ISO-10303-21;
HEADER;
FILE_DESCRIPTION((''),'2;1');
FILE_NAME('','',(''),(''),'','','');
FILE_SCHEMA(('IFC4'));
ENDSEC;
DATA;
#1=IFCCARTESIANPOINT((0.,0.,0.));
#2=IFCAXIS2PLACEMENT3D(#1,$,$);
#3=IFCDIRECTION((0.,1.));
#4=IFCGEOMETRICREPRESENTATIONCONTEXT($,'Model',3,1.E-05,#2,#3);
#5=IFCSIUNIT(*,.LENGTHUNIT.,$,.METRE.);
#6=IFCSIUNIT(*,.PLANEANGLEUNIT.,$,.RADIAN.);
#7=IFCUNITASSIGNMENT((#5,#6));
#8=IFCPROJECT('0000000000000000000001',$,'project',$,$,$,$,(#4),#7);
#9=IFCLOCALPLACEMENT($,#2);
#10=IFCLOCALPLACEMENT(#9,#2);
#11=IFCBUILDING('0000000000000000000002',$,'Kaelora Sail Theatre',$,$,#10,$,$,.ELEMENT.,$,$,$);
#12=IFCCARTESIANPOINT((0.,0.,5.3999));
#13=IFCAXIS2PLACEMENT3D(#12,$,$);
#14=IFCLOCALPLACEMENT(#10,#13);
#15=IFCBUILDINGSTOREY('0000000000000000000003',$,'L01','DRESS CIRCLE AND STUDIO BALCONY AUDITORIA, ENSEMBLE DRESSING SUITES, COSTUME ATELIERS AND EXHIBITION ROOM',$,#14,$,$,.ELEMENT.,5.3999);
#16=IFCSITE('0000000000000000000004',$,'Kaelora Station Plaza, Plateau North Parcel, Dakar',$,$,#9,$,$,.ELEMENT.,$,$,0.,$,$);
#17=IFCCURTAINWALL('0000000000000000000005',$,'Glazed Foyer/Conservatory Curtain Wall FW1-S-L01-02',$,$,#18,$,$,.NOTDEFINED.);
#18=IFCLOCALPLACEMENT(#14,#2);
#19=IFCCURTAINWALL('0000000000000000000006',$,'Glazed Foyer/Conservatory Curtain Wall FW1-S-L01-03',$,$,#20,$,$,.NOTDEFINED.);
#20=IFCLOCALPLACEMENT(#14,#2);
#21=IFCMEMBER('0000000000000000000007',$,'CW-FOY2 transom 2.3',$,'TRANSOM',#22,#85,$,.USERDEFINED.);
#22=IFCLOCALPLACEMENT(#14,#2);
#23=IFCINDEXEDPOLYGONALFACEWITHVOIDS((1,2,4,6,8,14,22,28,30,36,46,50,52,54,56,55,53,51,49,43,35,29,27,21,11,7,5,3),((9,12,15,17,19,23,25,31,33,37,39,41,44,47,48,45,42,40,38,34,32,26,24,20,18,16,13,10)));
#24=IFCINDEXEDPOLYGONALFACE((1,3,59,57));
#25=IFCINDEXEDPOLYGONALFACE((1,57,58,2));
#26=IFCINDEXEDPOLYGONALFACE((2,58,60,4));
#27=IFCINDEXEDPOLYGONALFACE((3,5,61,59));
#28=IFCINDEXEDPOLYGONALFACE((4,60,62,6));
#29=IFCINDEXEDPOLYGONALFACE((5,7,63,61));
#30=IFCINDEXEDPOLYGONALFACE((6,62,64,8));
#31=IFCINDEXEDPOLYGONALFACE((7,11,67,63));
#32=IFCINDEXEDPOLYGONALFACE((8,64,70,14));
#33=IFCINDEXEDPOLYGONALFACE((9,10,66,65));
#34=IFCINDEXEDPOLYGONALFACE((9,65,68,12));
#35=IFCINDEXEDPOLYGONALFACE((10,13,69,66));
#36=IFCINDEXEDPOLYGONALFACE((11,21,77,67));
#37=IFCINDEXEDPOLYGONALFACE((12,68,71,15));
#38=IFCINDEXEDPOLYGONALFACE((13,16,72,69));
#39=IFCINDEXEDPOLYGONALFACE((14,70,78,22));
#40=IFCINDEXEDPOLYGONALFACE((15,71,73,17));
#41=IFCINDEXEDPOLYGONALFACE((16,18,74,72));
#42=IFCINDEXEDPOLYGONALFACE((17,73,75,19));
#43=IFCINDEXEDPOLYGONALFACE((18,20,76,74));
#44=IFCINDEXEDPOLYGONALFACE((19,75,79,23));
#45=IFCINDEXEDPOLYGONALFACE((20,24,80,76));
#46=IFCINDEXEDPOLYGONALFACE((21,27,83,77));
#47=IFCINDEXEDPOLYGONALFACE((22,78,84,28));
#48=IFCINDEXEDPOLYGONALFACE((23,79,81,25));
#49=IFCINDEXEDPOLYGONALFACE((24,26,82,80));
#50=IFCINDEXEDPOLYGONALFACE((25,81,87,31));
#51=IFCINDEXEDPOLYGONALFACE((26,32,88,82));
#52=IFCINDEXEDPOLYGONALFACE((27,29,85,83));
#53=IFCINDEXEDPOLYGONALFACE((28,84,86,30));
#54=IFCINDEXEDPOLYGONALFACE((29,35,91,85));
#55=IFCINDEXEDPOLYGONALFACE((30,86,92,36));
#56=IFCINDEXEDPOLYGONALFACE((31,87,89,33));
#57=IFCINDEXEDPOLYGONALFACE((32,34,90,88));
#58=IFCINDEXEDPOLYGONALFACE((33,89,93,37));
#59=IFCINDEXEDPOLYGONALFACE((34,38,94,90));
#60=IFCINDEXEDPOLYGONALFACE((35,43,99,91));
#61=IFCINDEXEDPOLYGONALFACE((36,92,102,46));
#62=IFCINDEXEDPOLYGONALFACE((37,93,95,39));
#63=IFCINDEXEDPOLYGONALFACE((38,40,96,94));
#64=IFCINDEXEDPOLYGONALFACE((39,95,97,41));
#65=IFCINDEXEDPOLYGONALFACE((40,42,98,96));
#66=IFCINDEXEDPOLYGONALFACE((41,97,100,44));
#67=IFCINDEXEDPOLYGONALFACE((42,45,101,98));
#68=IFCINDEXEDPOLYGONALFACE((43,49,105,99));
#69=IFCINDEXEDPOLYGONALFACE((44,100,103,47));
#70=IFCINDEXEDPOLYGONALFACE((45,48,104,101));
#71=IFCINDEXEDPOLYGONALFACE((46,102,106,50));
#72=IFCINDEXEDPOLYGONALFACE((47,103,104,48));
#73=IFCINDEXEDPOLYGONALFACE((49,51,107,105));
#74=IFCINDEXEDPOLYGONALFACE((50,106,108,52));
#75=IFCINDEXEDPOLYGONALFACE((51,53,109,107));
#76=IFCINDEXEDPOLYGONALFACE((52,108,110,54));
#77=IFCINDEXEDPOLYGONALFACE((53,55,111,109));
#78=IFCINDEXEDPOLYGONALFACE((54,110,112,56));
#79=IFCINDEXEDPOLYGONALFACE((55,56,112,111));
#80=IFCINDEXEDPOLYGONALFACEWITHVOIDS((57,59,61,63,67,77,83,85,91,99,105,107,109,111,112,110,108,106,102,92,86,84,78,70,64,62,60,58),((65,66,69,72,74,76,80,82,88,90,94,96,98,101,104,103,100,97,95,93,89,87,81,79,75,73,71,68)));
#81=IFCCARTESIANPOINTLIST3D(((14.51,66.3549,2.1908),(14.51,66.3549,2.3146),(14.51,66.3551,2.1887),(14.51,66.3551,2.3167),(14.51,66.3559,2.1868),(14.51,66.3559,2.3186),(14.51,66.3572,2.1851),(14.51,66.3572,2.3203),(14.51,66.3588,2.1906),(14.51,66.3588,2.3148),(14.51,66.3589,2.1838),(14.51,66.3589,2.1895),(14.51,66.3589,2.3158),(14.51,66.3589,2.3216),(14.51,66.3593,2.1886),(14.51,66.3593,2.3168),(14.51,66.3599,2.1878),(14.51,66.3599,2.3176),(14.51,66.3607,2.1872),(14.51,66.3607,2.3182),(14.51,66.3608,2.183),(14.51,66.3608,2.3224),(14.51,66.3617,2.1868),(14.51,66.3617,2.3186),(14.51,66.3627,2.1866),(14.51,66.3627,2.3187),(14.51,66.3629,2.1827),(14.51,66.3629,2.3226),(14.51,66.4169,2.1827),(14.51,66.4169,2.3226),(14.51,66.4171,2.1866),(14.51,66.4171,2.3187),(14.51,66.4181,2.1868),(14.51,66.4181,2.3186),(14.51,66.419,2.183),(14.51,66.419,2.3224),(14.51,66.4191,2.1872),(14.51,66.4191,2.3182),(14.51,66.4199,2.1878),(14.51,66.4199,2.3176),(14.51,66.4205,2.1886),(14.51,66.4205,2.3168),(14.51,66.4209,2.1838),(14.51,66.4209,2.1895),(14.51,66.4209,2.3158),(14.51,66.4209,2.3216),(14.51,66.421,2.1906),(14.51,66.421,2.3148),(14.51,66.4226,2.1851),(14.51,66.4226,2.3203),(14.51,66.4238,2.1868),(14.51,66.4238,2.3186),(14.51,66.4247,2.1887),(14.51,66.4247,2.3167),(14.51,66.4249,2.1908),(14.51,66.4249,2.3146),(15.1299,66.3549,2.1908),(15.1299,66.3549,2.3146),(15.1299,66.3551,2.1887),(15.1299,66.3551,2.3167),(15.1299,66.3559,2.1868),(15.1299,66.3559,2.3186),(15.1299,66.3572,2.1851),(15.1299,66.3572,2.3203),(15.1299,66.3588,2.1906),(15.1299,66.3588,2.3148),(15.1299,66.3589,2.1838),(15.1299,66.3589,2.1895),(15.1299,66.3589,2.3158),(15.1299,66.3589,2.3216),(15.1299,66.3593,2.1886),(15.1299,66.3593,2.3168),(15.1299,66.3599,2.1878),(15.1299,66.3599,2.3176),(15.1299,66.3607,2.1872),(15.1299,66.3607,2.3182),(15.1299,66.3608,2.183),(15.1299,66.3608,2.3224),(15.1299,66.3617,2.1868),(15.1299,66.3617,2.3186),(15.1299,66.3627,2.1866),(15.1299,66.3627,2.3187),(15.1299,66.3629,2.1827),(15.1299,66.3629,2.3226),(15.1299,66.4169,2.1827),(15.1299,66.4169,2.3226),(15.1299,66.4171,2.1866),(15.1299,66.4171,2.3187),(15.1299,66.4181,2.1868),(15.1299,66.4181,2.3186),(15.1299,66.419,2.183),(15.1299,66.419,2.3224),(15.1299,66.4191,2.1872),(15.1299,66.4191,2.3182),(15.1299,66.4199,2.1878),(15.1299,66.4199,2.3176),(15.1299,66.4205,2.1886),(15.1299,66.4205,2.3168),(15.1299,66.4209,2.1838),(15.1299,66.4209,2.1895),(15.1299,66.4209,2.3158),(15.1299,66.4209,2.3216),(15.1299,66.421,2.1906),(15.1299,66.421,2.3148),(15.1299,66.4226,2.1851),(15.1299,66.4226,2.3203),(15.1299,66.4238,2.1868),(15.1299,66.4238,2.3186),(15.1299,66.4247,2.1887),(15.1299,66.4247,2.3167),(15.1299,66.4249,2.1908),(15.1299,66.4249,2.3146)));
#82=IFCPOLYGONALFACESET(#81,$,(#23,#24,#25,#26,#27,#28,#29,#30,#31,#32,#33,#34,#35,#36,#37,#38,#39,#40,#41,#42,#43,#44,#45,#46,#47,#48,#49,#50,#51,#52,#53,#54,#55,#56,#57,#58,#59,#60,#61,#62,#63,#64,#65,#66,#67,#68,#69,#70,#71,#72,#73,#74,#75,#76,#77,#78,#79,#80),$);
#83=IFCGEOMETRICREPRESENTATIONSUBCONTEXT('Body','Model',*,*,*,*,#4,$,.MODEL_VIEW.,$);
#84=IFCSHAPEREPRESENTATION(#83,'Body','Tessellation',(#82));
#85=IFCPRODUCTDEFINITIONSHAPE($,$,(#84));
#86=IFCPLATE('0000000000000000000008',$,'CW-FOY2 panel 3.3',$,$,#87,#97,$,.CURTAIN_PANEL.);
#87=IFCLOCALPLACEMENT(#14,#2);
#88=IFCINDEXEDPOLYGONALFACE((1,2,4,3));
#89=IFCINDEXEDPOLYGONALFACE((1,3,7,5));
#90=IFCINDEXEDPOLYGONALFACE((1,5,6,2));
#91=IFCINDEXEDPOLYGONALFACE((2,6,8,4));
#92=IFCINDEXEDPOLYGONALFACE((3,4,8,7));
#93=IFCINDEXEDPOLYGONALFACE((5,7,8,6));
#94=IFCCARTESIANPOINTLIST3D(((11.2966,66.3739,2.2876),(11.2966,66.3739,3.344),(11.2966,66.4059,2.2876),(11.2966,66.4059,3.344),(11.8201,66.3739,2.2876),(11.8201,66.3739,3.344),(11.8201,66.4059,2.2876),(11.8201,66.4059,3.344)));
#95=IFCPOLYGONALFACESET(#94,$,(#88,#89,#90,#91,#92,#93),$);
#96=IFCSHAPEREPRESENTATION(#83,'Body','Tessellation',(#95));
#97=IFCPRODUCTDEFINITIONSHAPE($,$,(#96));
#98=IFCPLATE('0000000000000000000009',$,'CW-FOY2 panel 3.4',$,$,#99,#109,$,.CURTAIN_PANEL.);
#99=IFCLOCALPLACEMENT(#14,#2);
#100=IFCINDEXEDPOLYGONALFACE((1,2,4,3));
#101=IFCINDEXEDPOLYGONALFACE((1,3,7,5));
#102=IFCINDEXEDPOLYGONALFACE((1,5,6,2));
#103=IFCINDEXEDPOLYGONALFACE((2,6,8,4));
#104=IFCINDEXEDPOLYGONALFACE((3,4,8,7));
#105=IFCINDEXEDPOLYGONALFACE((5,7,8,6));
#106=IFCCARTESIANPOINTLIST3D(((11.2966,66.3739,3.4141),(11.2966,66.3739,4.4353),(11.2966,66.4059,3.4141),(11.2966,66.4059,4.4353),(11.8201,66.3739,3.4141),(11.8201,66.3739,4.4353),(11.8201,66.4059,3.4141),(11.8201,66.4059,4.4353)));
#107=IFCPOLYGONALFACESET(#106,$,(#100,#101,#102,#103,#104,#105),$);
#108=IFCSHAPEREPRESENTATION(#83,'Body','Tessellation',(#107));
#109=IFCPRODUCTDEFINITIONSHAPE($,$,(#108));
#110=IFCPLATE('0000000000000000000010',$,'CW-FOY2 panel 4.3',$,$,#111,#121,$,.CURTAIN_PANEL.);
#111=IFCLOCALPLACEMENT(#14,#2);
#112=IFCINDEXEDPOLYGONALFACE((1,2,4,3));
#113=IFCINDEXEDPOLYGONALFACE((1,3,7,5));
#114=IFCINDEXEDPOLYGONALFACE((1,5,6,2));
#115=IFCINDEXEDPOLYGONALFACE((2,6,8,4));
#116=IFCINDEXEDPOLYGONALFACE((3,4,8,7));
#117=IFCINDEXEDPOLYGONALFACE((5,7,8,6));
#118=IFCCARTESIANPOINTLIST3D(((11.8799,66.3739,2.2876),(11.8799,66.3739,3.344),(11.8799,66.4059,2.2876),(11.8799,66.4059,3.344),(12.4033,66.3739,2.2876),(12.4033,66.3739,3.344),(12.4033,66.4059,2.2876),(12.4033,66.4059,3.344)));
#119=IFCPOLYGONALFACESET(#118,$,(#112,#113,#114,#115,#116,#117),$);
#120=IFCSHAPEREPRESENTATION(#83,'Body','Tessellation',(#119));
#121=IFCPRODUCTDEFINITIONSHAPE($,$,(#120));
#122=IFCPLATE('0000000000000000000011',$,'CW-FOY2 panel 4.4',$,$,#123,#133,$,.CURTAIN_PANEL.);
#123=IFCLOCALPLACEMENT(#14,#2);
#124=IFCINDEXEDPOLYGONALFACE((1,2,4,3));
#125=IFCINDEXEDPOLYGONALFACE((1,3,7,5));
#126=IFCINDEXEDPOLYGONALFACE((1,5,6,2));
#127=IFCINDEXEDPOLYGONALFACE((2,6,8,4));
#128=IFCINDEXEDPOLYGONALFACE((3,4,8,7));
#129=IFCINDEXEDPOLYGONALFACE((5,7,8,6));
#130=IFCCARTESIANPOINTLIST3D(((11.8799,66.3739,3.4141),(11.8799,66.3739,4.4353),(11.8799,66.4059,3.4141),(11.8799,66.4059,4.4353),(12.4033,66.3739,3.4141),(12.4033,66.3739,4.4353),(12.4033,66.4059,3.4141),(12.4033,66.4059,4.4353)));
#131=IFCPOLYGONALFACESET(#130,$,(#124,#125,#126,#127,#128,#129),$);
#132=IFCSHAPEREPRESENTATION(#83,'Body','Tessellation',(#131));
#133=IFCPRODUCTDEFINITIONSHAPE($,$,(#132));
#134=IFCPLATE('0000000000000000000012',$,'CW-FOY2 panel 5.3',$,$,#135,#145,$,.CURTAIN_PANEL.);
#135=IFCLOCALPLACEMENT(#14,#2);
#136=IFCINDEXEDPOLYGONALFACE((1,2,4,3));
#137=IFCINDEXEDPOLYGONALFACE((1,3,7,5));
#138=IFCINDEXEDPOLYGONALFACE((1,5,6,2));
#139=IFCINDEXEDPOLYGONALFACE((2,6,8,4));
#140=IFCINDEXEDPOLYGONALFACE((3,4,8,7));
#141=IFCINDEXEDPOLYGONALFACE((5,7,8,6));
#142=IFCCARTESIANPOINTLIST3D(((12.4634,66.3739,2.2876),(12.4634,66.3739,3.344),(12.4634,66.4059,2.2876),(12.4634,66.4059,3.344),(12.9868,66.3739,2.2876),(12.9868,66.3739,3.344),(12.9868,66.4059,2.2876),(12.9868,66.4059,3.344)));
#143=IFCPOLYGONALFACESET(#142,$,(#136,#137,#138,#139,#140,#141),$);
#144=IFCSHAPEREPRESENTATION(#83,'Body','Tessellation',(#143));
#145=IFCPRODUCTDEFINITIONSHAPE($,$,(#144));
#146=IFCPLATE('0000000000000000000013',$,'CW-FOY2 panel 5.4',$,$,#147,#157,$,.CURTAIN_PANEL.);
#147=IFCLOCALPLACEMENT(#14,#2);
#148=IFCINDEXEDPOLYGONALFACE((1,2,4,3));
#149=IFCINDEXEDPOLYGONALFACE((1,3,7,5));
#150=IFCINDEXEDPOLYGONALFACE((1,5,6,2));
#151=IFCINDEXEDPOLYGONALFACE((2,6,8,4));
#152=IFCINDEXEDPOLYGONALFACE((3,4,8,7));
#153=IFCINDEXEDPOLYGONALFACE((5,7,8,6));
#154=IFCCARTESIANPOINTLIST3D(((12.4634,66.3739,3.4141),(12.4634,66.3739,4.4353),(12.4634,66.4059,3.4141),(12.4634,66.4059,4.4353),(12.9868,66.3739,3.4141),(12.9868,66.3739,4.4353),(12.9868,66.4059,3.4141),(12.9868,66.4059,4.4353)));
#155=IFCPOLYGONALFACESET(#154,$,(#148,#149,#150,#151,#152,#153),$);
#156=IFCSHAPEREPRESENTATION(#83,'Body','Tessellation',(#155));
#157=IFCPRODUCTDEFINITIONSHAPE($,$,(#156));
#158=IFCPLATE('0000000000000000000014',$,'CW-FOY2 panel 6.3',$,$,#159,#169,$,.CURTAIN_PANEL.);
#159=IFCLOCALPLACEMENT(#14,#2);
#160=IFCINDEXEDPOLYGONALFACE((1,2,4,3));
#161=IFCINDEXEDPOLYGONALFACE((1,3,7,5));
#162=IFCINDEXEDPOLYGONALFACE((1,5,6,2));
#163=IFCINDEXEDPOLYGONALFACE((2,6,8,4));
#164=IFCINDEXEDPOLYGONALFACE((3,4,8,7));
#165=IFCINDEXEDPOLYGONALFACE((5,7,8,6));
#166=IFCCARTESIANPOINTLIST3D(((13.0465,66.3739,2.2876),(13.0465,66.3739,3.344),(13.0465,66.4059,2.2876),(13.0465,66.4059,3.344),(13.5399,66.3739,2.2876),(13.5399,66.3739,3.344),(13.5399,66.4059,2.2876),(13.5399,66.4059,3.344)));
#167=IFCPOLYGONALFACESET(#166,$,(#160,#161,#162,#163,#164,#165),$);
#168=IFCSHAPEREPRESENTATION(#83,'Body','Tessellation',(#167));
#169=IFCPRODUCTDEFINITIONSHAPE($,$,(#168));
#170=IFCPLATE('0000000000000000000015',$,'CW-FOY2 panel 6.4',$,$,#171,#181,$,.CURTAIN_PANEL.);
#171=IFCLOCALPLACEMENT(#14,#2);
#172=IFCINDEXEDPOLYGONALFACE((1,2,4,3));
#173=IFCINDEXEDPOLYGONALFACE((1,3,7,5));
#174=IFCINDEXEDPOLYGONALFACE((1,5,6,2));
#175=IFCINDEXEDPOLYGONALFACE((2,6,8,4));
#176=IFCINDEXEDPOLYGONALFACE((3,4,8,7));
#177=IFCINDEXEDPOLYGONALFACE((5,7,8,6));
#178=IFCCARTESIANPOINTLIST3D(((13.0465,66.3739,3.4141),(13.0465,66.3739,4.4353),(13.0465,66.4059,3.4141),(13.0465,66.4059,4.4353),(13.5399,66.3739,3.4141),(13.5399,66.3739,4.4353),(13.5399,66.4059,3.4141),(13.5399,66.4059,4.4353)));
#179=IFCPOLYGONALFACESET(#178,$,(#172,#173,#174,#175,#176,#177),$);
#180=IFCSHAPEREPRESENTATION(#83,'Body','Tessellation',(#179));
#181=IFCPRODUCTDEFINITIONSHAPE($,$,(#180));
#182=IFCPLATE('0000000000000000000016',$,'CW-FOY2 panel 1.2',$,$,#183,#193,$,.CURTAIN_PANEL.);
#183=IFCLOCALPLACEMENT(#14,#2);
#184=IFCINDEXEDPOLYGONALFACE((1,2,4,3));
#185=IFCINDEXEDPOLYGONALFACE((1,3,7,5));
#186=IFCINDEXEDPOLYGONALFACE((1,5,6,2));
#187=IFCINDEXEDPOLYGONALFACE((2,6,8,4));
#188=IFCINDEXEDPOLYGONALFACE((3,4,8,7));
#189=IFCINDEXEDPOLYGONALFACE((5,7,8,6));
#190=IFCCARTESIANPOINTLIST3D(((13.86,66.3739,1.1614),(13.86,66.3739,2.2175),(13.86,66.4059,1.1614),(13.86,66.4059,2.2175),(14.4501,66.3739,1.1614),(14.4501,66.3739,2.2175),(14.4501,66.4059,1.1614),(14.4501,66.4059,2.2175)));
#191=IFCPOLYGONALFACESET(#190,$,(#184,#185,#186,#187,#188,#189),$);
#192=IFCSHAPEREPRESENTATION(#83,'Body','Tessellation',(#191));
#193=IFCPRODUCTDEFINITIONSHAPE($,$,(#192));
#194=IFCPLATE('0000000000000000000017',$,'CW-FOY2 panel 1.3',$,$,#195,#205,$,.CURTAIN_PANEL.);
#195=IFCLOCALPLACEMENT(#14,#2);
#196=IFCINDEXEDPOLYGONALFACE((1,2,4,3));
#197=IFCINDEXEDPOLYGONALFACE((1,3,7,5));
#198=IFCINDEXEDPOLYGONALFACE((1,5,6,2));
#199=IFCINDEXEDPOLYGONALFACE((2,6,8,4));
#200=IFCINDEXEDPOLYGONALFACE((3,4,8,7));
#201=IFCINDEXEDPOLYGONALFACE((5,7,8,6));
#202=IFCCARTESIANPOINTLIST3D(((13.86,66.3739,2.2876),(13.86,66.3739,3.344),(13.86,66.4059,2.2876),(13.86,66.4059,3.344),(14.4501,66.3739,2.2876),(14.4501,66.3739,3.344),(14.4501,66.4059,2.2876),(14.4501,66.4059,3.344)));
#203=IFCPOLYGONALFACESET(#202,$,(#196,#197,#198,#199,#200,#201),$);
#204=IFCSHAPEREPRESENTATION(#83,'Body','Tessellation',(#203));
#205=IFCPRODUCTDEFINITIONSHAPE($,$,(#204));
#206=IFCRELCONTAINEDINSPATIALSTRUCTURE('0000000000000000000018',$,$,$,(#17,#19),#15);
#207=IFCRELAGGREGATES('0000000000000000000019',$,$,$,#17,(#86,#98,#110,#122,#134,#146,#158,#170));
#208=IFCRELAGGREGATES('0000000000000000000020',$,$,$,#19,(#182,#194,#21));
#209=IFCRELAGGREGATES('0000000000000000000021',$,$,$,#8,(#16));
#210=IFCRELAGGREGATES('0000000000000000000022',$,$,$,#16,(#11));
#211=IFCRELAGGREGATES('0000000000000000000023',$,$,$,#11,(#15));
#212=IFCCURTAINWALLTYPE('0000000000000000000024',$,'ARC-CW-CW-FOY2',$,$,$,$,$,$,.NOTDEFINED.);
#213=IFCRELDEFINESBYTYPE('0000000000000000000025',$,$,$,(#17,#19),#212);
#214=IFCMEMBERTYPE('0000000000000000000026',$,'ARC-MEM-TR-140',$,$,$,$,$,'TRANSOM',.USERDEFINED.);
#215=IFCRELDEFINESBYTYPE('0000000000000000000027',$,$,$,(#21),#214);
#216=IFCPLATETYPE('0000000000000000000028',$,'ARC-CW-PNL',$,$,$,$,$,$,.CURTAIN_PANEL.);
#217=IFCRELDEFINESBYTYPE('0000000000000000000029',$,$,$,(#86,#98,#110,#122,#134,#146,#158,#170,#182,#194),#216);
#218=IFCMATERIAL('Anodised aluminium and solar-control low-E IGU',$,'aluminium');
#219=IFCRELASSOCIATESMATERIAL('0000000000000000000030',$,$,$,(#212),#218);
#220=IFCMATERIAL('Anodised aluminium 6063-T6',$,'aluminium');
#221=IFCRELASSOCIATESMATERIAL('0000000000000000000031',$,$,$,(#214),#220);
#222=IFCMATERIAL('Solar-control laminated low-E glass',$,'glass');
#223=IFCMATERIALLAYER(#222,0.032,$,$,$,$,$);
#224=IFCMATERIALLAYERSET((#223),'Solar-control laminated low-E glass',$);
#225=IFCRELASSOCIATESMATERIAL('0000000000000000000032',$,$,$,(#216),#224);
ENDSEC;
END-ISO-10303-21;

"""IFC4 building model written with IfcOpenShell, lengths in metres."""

from ifc_helpers import new_model, si_unit, direction, frame, origin, origin_2d, place, context, subcontext, project, spatial, rectangle, hollow_rectangle, extrude, material, layer, layer_set, material_profile, profile_set, type_object, element, aggregate, save


model = new_model("IFC4")

# Units and contexts
model_context = context("Model", 3, precision=1e-05, world=origin(), true_north=direction((0.0, 1.0)))
body_context = subcontext(model_context, "Body", "Model", "MODEL_VIEW")
ifc_project = project(units=[si_unit("LENGTHUNIT", "METRE"), si_unit("PLANEANGLEUNIT", "RADIAN")], contexts=[model_context])

# Site, building, storey
site_placement = place(None, origin())
site = spatial("IfcSite", under=ifc_project, at=site_placement, Name="Kaelora Station Plaza, Plateau North Parcel, Dakar", CompositionType="ELEMENT", RefElevation=0.0)
building_placement = place(site_placement, origin())
building = spatial("IfcBuilding", under=site, at=building_placement, Name="Kaelora Sail Theatre", CompositionType="ELEMENT")
storey_placement = place(building_placement, frame((0.0, 0.0, 5.3999)))
storey = spatial("IfcBuildingStorey", under=building, at=storey_placement, Name="L01", Description="DRESS CIRCLE AND STUDIO BALCONY AUDITORIA, ENSEMBLE DRESSING SUITES, COSTUME ATELIERS AND EXHIBITION ROOM", CompositionType="ELEMENT", Elevation=5.3999)

# Curtain walls, member
ifc_material_1 = material(Name="Anodised aluminium and solar-control low-E IGU", Category="aluminium")
curtain_wall_type = type_object("IfcCurtainWallType", Name="ARC-CW-CW-FOY2", PredefinedType="NOTDEFINED", material=ifc_material_1)
curtain_wall_1_placement = place(storey_placement, origin())
curtain_wall_1 = element("IfcCurtainWall", 1, at=curtain_wall_1_placement, inside=storey, type_object=curtain_wall_type, Name="Glazed Foyer/Conservatory Curtain Wall FW1-S-L01-02", PredefinedType="NOTDEFINED")
ifc_material_2 = material(Name="Anodised aluminium 6063-T6", Category="aluminium")
ifc_material_profile = material_profile(ifc_material_2, hollow_rectangle(XDim=0.0701, YDim=0.1399, WallThickness=0.0039, InnerFilletRadius=0.0039, OuterFilletRadius=0.0081, at=origin_2d()), Name="ALU-TRAN 70x140x4")
ifc_profile_set = profile_set([ifc_material_profile], Name="Anodised aluminium 6063-T6")
member_type = type_object("IfcMemberType", Name="ARC-MEM-TR-140", ElementType="TRANSOM", PredefinedType="USERDEFINED", material=ifc_profile_set)
curtain_wall_2_placement = place(storey_placement, origin())
curtain_wall_2 = element("IfcCurtainWall", 2, at=curtain_wall_2_placement, inside=storey, type_object=curtain_wall_type, Name="Glazed Foyer/Conservatory Curtain Wall FW1-S-L01-03", PredefinedType="NOTDEFINED")
member_1_placement = place(storey_placement, frame((14.51, 66.3899, 2.2527), z_axis=(1.0, 0.0, 0.0), x_axis=(0.0, 1.0, 0.0)))
member_1 = element("IfcMember", 3, at=member_1_placement, type_object=member_type, Name="CW-FOY2 transom 2.3", ObjectType="TRANSOM", PredefinedType="USERDEFINED", context=body_context, shape_type="SweptSolid", body=[
    extrude(hollow_rectangle(XDim=0.0701, YDim=0.1399, WallThickness=0.0039, InnerFilletRadius=0.0039, OuterFilletRadius=0.0081, at=origin_2d()), origin(), (0.0, 0.0, 1.0), 0.6199),
])

# Plates
ifc_material_3 = material(Name="Solar-control laminated low-E glass", Category="glass")
ifc_layer = layer(ifc_material_3, 0.032)
ifc_layer_set = layer_set([ifc_layer], Name="Solar-control laminated low-E glass")
plate_type = type_object("IfcPlateType", Name="ARC-CW-PNL", PredefinedType="CURTAIN_PANEL", material=ifc_layer_set)
plate_1_placement = place(storey_placement, frame((11.5583, 66.3899, 2.2876), z_axis=(0.0, 0.0, 1.0), x_axis=(1.0, 0.0, 0.0)))
plate_1 = element("IfcPlate", 4, at=plate_1_placement, type_object=plate_type, Name="CW-FOY2 panel 3.3", PredefinedType="CURTAIN_PANEL", context=body_context, shape_type="SweptSolid", body=[
    extrude(rectangle(XDim=0.5234, YDim=0.032, at=origin_2d()), origin(), (0.0, 0.0, 1.0), 1.0564),
])
plate_2_placement = place(storey_placement, frame((11.5583, 66.3899, 3.4141), z_axis=(0.0, 0.0, 1.0), x_axis=(1.0, 0.0, 0.0)))
plate_2 = element("IfcPlate", 5, at=plate_2_placement, type_object=plate_type, Name="CW-FOY2 panel 3.4", PredefinedType="CURTAIN_PANEL", context=body_context, shape_type="SweptSolid", body=[
    extrude(rectangle(XDim=0.5234, YDim=0.032, at=origin_2d()), origin(), (0.0, 0.0, 1.0), 1.0212),
])
plate_3_placement = place(storey_placement, frame((12.1416, 66.3899, 2.2876), z_axis=(0.0, 0.0, 1.0), x_axis=(1.0, 0.0, 0.0)))
plate_3 = element("IfcPlate", 6, at=plate_3_placement, type_object=plate_type, Name="CW-FOY2 panel 4.3", PredefinedType="CURTAIN_PANEL", context=body_context, shape_type="SweptSolid", body=[
    extrude(rectangle(XDim=0.5234, YDim=0.032, at=origin_2d()), origin(), (0.0, 0.0, 1.0), 1.0564),
])
plate_4_placement = place(storey_placement, frame((12.1416, 66.3899, 3.4141), z_axis=(0.0, 0.0, 1.0), x_axis=(1.0, 0.0, 0.0)))
plate_4 = element("IfcPlate", 7, at=plate_4_placement, type_object=plate_type, Name="CW-FOY2 panel 4.4", PredefinedType="CURTAIN_PANEL", context=body_context, shape_type="SweptSolid", body=[
    extrude(rectangle(XDim=0.5234, YDim=0.032, at=origin_2d()), origin(), (0.0, 0.0, 1.0), 1.0212),
])
plate_5_placement = place(storey_placement, frame((12.7251, 66.3899, 2.2876), z_axis=(0.0, 0.0, 1.0), x_axis=(1.0, 0.0, 0.0)))
plate_5 = element("IfcPlate", 8, at=plate_5_placement, type_object=plate_type, Name="CW-FOY2 panel 5.3", PredefinedType="CURTAIN_PANEL", context=body_context, shape_type="SweptSolid", body=[
    extrude(rectangle(XDim=0.5234, YDim=0.032, at=origin_2d()), origin(), (0.0, 0.0, 1.0), 1.0564),
])
plate_6_placement = place(storey_placement, frame((12.7251, 66.3899, 3.4141), z_axis=(0.0, 0.0, 1.0), x_axis=(1.0, 0.0, 0.0)))
plate_6 = element("IfcPlate", 9, at=plate_6_placement, type_object=plate_type, Name="CW-FOY2 panel 5.4", PredefinedType="CURTAIN_PANEL", context=body_context, shape_type="SweptSolid", body=[
    extrude(rectangle(XDim=0.5234, YDim=0.032, at=origin_2d()), origin(), (0.0, 0.0, 1.0), 1.0212),
])
plate_7_placement = place(storey_placement, frame((13.2932, 66.3899, 2.2876), z_axis=(0.0, 0.0, 1.0), x_axis=(1.0, 0.0, 0.0)))
plate_7 = element("IfcPlate", 10, at=plate_7_placement, type_object=plate_type, Name="CW-FOY2 panel 6.3", PredefinedType="CURTAIN_PANEL", context=body_context, shape_type="SweptSolid", body=[
    extrude(rectangle(XDim=0.4934, YDim=0.032, at=origin_2d()), origin(), (0.0, 0.0, 1.0), 1.0564),
])
plate_8_placement = place(storey_placement, frame((13.2932, 66.3899, 3.4141), z_axis=(0.0, 0.0, 1.0), x_axis=(1.0, 0.0, 0.0)))
plate_8 = element("IfcPlate", 11, at=plate_8_placement, type_object=plate_type, Name="CW-FOY2 panel 6.4", PredefinedType="CURTAIN_PANEL", context=body_context, shape_type="SweptSolid", body=[
    extrude(rectangle(XDim=0.4934, YDim=0.032, at=origin_2d()), origin(), (0.0, 0.0, 1.0), 1.0212),
])
aggregate(curtain_wall_1, [plate_1, plate_2, plate_3, plate_4, plate_5, plate_6, plate_7, plate_8])
plate_9_placement = place(storey_placement, frame((14.155, 66.3899, 1.1614), z_axis=(0.0, 0.0, 1.0), x_axis=(1.0, 0.0, 0.0)))
plate_9 = element("IfcPlate", 12, at=plate_9_placement, type_object=plate_type, Name="CW-FOY2 panel 1.2", PredefinedType="CURTAIN_PANEL", context=body_context, shape_type="SweptSolid", body=[
    extrude(rectangle(XDim=0.5901, YDim=0.032, at=origin_2d()), origin(), (0.0, 0.0, 1.0), 1.0562),
])
plate_10_placement = place(storey_placement, frame((14.155, 66.3899, 2.2876), z_axis=(0.0, 0.0, 1.0), x_axis=(1.0, 0.0, 0.0)))
plate_10 = element("IfcPlate", 13, at=plate_10_placement, type_object=plate_type, Name="CW-FOY2 panel 1.3", PredefinedType="CURTAIN_PANEL", context=body_context, shape_type="SweptSolid", body=[
    extrude(rectangle(XDim=0.5901, YDim=0.032, at=origin_2d()), origin(), (0.0, 0.0, 1.0), 1.0564),
])
aggregate(curtain_wall_2, [plate_9, plate_10, member_1])

save(model, "model.ifc")
